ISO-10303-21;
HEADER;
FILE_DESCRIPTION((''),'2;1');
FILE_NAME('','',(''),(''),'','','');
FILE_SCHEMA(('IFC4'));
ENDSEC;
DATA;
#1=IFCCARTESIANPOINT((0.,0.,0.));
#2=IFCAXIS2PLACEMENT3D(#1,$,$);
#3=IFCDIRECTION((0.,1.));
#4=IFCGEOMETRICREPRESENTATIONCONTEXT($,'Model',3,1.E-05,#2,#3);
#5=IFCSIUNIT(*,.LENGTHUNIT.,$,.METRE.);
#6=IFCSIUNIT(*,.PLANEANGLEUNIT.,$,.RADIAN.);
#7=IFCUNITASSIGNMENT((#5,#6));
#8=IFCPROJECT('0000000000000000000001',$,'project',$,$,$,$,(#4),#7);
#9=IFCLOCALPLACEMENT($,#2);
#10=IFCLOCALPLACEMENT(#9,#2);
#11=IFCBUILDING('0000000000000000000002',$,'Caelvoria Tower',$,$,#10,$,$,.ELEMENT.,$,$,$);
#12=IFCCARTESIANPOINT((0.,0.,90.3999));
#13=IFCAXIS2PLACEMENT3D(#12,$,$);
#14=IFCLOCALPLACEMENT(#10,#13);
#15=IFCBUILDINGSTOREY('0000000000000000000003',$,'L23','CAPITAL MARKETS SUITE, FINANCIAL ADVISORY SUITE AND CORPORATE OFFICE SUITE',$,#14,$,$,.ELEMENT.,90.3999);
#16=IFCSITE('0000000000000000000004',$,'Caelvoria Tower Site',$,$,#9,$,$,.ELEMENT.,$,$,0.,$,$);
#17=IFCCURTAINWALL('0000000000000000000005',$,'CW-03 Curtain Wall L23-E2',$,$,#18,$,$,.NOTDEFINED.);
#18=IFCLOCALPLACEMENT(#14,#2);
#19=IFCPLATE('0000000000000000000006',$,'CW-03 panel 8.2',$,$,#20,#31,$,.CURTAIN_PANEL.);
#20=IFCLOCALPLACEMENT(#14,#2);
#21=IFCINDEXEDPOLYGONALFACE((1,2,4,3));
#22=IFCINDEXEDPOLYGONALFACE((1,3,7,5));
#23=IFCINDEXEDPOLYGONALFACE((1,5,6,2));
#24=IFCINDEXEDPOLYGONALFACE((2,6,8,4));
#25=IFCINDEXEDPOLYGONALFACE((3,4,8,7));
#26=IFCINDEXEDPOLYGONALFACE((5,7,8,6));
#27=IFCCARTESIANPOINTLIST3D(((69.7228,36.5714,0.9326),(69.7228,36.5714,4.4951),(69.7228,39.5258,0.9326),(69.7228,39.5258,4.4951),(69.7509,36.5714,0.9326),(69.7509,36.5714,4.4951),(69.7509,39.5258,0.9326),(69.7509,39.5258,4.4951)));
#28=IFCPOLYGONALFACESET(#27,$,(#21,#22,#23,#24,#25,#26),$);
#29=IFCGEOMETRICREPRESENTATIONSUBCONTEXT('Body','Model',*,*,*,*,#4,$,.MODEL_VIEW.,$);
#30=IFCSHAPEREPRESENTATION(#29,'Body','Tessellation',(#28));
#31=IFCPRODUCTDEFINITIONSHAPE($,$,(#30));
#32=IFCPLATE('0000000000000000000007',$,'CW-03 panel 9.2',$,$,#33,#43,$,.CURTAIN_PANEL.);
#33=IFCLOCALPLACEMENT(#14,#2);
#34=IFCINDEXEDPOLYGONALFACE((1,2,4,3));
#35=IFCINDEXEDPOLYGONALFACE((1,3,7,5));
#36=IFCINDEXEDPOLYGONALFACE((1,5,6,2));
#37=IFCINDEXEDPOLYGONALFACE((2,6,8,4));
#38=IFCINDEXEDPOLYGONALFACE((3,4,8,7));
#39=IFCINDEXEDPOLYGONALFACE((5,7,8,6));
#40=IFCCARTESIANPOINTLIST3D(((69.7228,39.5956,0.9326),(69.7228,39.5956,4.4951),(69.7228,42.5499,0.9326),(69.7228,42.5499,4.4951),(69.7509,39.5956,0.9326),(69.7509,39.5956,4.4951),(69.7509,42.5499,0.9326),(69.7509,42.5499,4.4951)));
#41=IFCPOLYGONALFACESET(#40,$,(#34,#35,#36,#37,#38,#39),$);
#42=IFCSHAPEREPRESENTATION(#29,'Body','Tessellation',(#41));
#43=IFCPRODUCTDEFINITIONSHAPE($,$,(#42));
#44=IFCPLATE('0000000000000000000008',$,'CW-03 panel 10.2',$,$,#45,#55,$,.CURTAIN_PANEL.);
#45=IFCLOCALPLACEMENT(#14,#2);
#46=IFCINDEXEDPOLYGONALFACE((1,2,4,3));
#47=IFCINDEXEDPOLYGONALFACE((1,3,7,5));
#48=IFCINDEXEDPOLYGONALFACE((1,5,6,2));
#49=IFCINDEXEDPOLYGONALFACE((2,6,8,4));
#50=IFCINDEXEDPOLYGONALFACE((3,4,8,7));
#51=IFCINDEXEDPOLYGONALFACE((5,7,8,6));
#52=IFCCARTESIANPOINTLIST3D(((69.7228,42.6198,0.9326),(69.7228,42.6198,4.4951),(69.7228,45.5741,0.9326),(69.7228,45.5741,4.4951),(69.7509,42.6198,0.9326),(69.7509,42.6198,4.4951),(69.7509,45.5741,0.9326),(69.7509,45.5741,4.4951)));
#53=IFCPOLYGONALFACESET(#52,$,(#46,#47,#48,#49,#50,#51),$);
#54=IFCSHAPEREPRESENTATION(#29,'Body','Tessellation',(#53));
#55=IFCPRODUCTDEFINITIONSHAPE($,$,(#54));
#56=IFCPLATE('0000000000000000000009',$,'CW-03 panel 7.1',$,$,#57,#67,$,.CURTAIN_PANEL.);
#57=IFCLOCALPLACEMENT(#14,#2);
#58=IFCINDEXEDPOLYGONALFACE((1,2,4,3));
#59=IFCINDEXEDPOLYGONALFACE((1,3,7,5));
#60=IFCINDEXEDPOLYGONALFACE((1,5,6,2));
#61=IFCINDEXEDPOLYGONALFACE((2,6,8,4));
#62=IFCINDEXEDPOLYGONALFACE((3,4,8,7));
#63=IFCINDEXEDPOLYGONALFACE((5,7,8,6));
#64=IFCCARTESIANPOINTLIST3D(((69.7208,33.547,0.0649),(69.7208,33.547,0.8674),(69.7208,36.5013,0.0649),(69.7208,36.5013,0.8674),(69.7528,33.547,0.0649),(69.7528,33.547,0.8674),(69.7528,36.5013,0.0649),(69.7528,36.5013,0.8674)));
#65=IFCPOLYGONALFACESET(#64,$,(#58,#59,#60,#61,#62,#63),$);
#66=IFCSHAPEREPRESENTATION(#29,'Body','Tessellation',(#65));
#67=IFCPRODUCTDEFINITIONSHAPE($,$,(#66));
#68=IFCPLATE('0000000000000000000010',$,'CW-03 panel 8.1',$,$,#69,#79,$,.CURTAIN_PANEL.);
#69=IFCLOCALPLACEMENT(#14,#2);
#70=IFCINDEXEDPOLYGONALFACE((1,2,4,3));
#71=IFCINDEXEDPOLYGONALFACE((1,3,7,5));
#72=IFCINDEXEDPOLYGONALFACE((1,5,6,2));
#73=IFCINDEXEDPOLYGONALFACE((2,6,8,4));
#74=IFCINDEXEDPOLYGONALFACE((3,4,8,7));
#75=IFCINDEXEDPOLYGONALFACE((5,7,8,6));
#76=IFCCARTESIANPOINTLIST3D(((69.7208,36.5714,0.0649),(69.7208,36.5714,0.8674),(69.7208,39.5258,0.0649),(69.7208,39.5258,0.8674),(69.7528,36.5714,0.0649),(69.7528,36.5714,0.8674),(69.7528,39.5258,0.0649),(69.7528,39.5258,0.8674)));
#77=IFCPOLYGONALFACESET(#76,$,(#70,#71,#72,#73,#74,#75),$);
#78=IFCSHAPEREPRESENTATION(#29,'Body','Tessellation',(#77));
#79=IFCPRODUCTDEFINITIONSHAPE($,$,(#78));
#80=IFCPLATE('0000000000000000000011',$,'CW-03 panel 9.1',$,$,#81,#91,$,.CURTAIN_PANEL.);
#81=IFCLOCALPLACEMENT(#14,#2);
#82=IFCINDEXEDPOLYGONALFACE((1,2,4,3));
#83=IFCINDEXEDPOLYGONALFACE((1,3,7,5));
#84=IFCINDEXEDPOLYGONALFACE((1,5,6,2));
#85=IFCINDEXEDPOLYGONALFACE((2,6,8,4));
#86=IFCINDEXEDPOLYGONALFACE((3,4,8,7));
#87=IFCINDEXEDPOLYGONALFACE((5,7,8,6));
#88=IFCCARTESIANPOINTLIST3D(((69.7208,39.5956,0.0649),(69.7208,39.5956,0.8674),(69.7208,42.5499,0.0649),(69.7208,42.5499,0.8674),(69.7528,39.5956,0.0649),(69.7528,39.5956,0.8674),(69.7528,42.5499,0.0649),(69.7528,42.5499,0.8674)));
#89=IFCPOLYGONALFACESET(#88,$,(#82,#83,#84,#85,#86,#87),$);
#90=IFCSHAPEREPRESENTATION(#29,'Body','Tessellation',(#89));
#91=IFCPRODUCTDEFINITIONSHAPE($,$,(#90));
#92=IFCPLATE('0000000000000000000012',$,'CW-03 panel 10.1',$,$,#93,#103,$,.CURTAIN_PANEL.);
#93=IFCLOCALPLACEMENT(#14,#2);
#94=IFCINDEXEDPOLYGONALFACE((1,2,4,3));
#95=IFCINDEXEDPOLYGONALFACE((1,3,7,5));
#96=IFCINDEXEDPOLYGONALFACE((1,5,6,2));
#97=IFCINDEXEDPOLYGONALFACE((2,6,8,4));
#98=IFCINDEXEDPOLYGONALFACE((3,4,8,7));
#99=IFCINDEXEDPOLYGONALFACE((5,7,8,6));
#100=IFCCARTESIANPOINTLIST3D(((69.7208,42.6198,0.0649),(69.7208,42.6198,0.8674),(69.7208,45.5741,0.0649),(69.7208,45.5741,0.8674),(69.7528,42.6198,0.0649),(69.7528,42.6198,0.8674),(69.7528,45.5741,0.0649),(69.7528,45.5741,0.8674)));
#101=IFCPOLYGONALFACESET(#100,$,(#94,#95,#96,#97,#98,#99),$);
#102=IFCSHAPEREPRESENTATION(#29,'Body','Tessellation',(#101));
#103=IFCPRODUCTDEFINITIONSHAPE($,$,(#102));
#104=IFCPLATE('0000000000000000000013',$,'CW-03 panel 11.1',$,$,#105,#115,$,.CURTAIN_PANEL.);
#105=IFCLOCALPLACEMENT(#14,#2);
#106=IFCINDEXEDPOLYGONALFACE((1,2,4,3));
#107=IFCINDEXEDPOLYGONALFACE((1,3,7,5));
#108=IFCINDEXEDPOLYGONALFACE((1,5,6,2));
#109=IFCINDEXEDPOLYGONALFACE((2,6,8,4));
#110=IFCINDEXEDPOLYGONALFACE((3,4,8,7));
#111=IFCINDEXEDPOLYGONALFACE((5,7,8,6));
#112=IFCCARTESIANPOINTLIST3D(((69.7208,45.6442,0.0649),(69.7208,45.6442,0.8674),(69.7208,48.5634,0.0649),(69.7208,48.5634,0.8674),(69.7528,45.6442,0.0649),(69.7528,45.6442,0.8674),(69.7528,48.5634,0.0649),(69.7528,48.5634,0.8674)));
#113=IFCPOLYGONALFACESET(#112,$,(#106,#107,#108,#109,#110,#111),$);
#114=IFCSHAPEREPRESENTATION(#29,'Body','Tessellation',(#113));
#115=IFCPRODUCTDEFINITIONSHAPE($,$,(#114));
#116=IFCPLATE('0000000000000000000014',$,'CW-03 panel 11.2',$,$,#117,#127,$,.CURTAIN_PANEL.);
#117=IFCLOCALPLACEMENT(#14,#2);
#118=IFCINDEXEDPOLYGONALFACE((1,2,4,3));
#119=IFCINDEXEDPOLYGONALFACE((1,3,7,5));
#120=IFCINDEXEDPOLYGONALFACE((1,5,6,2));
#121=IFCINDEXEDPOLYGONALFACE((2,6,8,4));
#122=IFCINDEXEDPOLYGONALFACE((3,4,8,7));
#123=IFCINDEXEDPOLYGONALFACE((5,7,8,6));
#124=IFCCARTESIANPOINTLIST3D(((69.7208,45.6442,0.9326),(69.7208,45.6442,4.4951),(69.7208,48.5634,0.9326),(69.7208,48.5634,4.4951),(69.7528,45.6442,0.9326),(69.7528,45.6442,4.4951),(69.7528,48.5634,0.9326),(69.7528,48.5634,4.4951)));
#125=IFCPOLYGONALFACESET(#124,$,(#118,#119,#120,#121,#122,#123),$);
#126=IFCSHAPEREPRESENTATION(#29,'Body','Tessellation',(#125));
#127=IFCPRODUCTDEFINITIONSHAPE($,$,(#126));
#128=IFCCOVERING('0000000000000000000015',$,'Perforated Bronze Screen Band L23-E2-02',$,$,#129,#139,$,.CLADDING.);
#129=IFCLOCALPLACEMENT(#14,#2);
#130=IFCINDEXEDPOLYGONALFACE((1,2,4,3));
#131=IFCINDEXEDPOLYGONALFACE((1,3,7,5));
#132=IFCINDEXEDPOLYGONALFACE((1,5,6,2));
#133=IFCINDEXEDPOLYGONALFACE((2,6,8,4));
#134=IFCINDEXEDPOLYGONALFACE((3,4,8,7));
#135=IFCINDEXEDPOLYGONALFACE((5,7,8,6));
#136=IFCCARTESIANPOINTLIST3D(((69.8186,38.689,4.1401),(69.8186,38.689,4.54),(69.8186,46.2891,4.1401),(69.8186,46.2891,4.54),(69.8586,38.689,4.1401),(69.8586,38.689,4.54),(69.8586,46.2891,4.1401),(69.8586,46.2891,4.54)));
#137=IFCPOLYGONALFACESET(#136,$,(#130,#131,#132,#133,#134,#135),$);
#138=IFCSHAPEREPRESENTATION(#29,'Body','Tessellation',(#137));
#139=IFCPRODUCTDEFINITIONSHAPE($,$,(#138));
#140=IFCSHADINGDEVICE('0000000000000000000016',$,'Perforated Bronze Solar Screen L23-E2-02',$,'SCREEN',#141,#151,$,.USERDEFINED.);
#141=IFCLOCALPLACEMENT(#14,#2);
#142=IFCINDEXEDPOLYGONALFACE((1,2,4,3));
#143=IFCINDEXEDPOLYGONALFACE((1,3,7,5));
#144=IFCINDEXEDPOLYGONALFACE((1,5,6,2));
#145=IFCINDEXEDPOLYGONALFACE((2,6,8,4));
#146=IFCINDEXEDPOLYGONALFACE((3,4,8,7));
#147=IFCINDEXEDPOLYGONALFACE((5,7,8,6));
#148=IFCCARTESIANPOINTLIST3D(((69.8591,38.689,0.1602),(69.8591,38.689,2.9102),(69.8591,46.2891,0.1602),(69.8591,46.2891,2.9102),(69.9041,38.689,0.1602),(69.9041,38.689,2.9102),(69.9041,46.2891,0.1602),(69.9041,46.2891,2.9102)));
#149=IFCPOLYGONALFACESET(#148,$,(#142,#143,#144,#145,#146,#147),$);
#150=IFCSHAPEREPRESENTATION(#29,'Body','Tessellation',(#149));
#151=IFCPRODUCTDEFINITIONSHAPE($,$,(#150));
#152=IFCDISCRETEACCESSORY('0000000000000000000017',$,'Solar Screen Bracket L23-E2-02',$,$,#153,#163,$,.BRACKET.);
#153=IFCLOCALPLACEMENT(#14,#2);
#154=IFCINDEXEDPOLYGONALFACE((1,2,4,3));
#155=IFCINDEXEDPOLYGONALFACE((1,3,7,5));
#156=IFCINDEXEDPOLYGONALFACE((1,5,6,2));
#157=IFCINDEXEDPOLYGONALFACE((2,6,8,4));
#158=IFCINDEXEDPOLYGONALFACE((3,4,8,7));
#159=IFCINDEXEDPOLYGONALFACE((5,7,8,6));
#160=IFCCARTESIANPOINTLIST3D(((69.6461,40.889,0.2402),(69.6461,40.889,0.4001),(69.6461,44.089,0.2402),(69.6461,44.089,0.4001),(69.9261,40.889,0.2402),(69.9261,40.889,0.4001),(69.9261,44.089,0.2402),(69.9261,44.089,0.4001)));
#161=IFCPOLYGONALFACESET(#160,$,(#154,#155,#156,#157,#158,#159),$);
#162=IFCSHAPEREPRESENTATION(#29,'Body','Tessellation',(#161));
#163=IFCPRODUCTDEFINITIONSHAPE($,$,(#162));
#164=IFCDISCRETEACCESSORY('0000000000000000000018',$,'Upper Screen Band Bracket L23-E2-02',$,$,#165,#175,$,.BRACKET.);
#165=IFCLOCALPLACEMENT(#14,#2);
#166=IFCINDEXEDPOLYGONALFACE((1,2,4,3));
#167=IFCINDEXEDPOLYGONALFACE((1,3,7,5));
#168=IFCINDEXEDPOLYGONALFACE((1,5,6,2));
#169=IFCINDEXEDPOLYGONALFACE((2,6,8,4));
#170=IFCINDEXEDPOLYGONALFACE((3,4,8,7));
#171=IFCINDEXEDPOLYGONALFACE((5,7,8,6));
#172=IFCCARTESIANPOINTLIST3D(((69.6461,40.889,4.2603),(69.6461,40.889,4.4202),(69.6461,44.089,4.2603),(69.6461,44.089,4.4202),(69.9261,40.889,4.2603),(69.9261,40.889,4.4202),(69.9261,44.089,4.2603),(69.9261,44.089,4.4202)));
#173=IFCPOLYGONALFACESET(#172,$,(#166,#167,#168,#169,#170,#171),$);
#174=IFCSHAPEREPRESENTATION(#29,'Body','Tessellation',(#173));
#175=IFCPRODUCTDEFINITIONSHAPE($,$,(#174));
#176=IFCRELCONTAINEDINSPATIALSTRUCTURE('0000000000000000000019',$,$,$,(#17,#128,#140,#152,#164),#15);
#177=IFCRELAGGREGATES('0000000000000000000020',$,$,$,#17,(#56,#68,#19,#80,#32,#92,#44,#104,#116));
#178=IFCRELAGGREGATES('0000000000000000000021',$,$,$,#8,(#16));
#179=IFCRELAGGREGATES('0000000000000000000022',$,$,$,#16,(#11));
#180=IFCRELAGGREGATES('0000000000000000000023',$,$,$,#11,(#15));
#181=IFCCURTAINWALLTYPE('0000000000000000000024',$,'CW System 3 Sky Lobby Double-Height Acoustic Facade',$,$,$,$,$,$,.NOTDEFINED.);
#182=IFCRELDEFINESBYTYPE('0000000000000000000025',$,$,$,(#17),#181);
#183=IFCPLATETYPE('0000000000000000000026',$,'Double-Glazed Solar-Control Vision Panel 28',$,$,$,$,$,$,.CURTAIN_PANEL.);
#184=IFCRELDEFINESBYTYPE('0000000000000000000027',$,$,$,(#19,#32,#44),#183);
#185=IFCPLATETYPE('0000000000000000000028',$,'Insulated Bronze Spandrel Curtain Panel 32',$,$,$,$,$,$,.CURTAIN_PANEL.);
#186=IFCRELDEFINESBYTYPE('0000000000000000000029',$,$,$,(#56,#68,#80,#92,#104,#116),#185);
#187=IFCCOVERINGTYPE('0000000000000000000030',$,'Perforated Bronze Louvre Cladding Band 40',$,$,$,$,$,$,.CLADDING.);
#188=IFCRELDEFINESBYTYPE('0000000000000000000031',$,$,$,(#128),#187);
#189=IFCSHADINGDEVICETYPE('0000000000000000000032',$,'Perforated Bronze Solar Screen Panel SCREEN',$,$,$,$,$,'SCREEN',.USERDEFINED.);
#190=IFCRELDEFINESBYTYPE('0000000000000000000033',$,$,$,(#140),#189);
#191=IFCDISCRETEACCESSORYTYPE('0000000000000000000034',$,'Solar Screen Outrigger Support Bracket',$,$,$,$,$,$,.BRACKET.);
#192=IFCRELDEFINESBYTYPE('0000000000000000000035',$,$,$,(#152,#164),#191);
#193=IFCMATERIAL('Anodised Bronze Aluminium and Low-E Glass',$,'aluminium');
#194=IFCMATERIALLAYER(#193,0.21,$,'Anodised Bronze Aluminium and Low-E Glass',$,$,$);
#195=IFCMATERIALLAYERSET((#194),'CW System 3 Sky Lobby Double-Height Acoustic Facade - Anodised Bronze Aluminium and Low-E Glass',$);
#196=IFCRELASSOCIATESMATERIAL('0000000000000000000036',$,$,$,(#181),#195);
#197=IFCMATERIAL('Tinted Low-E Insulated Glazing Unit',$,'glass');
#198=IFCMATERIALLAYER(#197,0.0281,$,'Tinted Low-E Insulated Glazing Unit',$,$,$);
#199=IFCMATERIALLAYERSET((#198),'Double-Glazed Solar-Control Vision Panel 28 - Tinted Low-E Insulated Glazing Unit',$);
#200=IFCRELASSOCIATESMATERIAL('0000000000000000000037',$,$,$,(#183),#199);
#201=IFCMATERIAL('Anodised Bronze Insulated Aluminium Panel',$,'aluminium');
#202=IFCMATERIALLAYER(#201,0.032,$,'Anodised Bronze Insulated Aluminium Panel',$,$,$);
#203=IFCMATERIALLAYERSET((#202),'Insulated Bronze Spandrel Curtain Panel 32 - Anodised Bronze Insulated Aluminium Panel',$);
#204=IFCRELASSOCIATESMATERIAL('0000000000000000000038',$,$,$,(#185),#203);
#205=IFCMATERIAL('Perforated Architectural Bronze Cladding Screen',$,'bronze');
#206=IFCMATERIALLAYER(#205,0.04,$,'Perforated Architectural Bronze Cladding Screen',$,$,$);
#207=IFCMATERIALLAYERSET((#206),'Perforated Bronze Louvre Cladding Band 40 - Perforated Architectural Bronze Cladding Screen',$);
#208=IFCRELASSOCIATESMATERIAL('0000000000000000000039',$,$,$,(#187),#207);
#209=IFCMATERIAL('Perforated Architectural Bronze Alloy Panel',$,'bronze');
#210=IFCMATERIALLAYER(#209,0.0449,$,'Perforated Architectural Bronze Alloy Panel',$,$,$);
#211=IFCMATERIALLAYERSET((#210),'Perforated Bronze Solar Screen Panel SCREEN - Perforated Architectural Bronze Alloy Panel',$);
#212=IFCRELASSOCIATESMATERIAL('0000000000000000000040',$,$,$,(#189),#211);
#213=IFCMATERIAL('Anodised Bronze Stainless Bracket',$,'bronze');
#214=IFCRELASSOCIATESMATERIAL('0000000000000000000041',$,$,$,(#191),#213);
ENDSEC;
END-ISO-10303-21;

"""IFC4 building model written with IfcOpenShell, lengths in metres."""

from ifc_helpers import new_model, si_unit, direction, frame, origin, origin_2d, place, context, subcontext, project, spatial, rectangle, extrude, material, layer, layer_set, type_object, element, aggregate, save


model = new_model("IFC4")

# Units and contexts
model_context = context("Model", 3, precision=1e-05, world=origin(), true_north=direction((0.0, 1.0)))
body_context = subcontext(model_context, "Body", "Model", "MODEL_VIEW")
ifc_project = project(units=[si_unit("LENGTHUNIT", "METRE"), si_unit("PLANEANGLEUNIT", "RADIAN")], contexts=[model_context])

# Site, building, storey
site_placement = place(None, origin())
site = spatial("IfcSite", under=ifc_project, at=site_placement, Name="Caelvoria Tower Site", CompositionType="ELEMENT", RefElevation=0.0)
building_placement = place(site_placement, origin())
building = spatial("IfcBuilding", under=site, at=building_placement, Name="Caelvoria Tower", CompositionType="ELEMENT")
storey_placement = place(building_placement, frame((0.0, 0.0, 90.3999)))
storey = spatial("IfcBuildingStorey", under=building, at=storey_placement, Name="L23", Description="CAPITAL MARKETS SUITE, FINANCIAL ADVISORY SUITE AND CORPORATE OFFICE SUITE", CompositionType="ELEMENT", Elevation=90.3999)

# Curtain wall
ifc_material_1 = material(Name="Anodised Bronze Aluminium and Low-E Glass", Category="aluminium")
ifc_layer_1 = layer(ifc_material_1, 0.21, Name="Anodised Bronze Aluminium and Low-E Glass")
ifc_layer_set_1 = layer_set([ifc_layer_1], Name="CW System 3 Sky Lobby Double-Height Acoustic Facade - Anodised Bronze Aluminium and Low-E Glass")
curtain_wall_type = type_object("IfcCurtainWallType", Name="CW System 3 Sky Lobby Double-Height Acoustic Facade", PredefinedType="NOTDEFINED", material=ifc_layer_set_1)
curtain_wall_1_placement = place(storey_placement, origin())
curtain_wall_1 = element("IfcCurtainWall", 1, at=curtain_wall_1_placement, inside=storey, type_object=curtain_wall_type, Name="CW-03 Curtain Wall L23-E2", PredefinedType="NOTDEFINED")

# Plates
ifc_material_2 = material(Name="Tinted Low-E Insulated Glazing Unit", Category="glass")
ifc_layer_2 = layer(ifc_material_2, 0.0281, Name="Tinted Low-E Insulated Glazing Unit")
ifc_layer_set_2 = layer_set([ifc_layer_2], Name="Double-Glazed Solar-Control Vision Panel 28 - Tinted Low-E Insulated Glazing Unit")
plate_type_1 = type_object("IfcPlateType", Name="Double-Glazed Solar-Control Vision Panel 28", PredefinedType="CURTAIN_PANEL", material=ifc_layer_set_2)
plate_1_placement = place(storey_placement, frame((69.7368, 38.0486, 0.9326), z_axis=(0.0, 0.0, 1.0), x_axis=(0.0, 1.0, 0.0)))
plate_1 = element("IfcPlate", 2, at=plate_1_placement, type_object=plate_type_1, Name="CW-03 panel 8.2", PredefinedType="CURTAIN_PANEL", context=body_context, shape_type="SweptSolid", body=[
    extrude(rectangle(XDim=2.9543, YDim=0.0281, at=origin_2d()), origin(), (0.0, 0.0, 1.0), 3.5625),
])
plate_2_placement = place(storey_placement, frame((69.7368, 41.0728, 0.9326), z_axis=(0.0, 0.0, 1.0), x_axis=(0.0, 1.0, 0.0)))
plate_2 = element("IfcPlate", 3, at=plate_2_placement, type_object=plate_type_1, Name="CW-03 panel 9.2", PredefinedType="CURTAIN_PANEL", context=body_context, shape_type="SweptSolid", body=[
    extrude(rectangle(XDim=2.9543, YDim=0.0281, at=origin_2d()), origin(), (0.0, 0.0, 1.0), 3.5625),
])
plate_3_placement = place(storey_placement, frame((69.7368, 44.0969, 0.9326), z_axis=(0.0, 0.0, 1.0), x_axis=(0.0, 1.0, 0.0)))
plate_3 = element("IfcPlate", 4, at=plate_3_placement, type_object=plate_type_1, Name="CW-03 panel 10.2", PredefinedType="CURTAIN_PANEL", context=body_context, shape_type="SweptSolid", body=[
    extrude(rectangle(XDim=2.9543, YDim=0.0281, at=origin_2d()), origin(), (0.0, 0.0, 1.0), 3.5625),
])
ifc_material_3 = material(Name="Anodised Bronze Insulated Aluminium Panel", Category="aluminium")
ifc_layer_3 = layer(ifc_material_3, 0.032, Name="Anodised Bronze Insulated Aluminium Panel")
ifc_layer_set_3 = layer_set([ifc_layer_3], Name="Insulated Bronze Spandrel Curtain Panel 32 - Anodised Bronze Insulated Aluminium Panel")
plate_type_2 = type_object("IfcPlateType", Name="Insulated Bronze Spandrel Curtain Panel 32", PredefinedType="CURTAIN_PANEL", material=ifc_layer_set_3)
plate_4_placement = place(storey_placement, frame((69.7368, 35.0242, 0.0649), z_axis=(0.0, 0.0, 1.0), x_axis=(0.0, 1.0, 0.0)))
plate_4 = element("IfcPlate", 5, at=plate_4_placement, type_object=plate_type_2, Name="CW-03 panel 7.1", PredefinedType="CURTAIN_PANEL", context=body_context, shape_type="SweptSolid", body=[
    extrude(rectangle(XDim=2.9543, YDim=0.032, at=origin_2d()), origin(), (0.0, 0.0, 1.0), 0.8025),
])
plate_5_placement = place(storey_placement, frame((69.7368, 38.0486, 0.0649), z_axis=(0.0, 0.0, 1.0), x_axis=(0.0, 1.0, 0.0)))
plate_5 = element("IfcPlate", 6, at=plate_5_placement, type_object=plate_type_2, Name="CW-03 panel 8.1", PredefinedType="CURTAIN_PANEL", context=body_context, shape_type="SweptSolid", body=[
    extrude(rectangle(XDim=2.9543, YDim=0.032, at=origin_2d()), origin(), (0.0, 0.0, 1.0), 0.8025),
])
plate_6_placement = place(storey_placement, frame((69.7368, 41.0728, 0.0649), z_axis=(0.0, 0.0, 1.0), x_axis=(0.0, 1.0, 0.0)))
plate_6 = element("IfcPlate", 7, at=plate_6_placement, type_object=plate_type_2, Name="CW-03 panel 9.1", PredefinedType="CURTAIN_PANEL", context=body_context, shape_type="SweptSolid", body=[
    extrude(rectangle(XDim=2.9543, YDim=0.032, at=origin_2d()), origin(), (0.0, 0.0, 1.0), 0.8025),
])
plate_7_placement = place(storey_placement, frame((69.7368, 44.0969, 0.0649), z_axis=(0.0, 0.0, 1.0), x_axis=(0.0, 1.0, 0.0)))
plate_7 = element("IfcPlate", 8, at=plate_7_placement, type_object=plate_type_2, Name="CW-03 panel 10.1", PredefinedType="CURTAIN_PANEL", context=body_context, shape_type="SweptSolid", body=[
    extrude(rectangle(XDim=2.9543, YDim=0.032, at=origin_2d()), origin(), (0.0, 0.0, 1.0), 0.8025),
])
plate_8_placement = place(storey_placement, frame((69.7368, 47.1038, 0.0649), z_axis=(0.0, 0.0, 1.0), x_axis=(0.0, 1.0, 0.0)))
plate_8 = element("IfcPlate", 9, at=plate_8_placement, type_object=plate_type_2, Name="CW-03 panel 11.1", PredefinedType="CURTAIN_PANEL", context=body_context, shape_type="SweptSolid", body=[
    extrude(rectangle(XDim=2.9192, YDim=0.032, at=origin_2d()), origin(), (0.0, 0.0, 1.0), 0.8025),
])
plate_9_placement = place(storey_placement, frame((69.7368, 47.1038, 0.9326), z_axis=(0.0, 0.0, 1.0), x_axis=(0.0, 1.0, 0.0)))
plate_9 = element("IfcPlate", 10, at=plate_9_placement, type_object=plate_type_2, Name="CW-03 panel 11.2", PredefinedType="CURTAIN_PANEL", context=body_context, shape_type="SweptSolid", body=[
    extrude(rectangle(XDim=2.9192, YDim=0.032, at=origin_2d()), origin(), (0.0, 0.0, 1.0), 3.5625),
])
aggregate(curtain_wall_1, [plate_4, plate_5, plate_1, plate_6, plate_2, plate_7, plate_3, plate_8, plate_9])

# Covering
ifc_material_4 = material(Name="Perforated Architectural Bronze Cladding Screen", Category="bronze")
ifc_layer_4 = layer(ifc_material_4, 0.04, Name="Perforated Architectural Bronze Cladding Screen")
ifc_layer_set_4 = layer_set([ifc_layer_4], Name="Perforated Bronze Louvre Cladding Band 40 - Perforated Architectural Bronze Cladding Screen")
covering_type = type_object("IfcCoveringType", Name="Perforated Bronze Louvre Cladding Band 40", PredefinedType="CLADDING", material=ifc_layer_set_4)
covering_placement = place(storey_placement, frame((69.8386, 42.489, 4.1401), z_axis=(0.0, 0.0, 1.0), x_axis=(0.0, 1.0, 0.0)))
element("IfcCovering", 11, at=covering_placement, inside=storey, type_object=covering_type, Name="Perforated Bronze Screen Band L23-E2-02", PredefinedType="CLADDING", context=body_context, shape_type="SweptSolid", body=[
    extrude(rectangle(XDim=7.6001, YDim=0.04, at=origin_2d()), origin(), (0.0, 0.0, 1.0), 0.3999),
])

# Shading device
ifc_material_5 = material(Name="Perforated Architectural Bronze Alloy Panel", Category="bronze")
ifc_layer_5 = layer(ifc_material_5, 0.0449, Name="Perforated Architectural Bronze Alloy Panel")
ifc_layer_set_5 = layer_set([ifc_layer_5], Name="Perforated Bronze Solar Screen Panel SCREEN - Perforated Architectural Bronze Alloy Panel")
shading_device_type = type_object("IfcShadingDeviceType", Name="Perforated Bronze Solar Screen Panel SCREEN", ElementType="SCREEN", PredefinedType="USERDEFINED", material=ifc_layer_set_5)
shading_device_placement = place(storey_placement, frame((69.8816, 42.489, 0.1602), z_axis=(0.0, 0.0, 1.0), x_axis=(0.0, 1.0, 0.0)))
element("IfcShadingDevice", 12, at=shading_device_placement, inside=storey, type_object=shading_device_type, Name="Perforated Bronze Solar Screen L23-E2-02", ObjectType="SCREEN", PredefinedType="USERDEFINED", context=body_context, shape_type="SweptSolid", body=[
    extrude(rectangle(XDim=7.6001, YDim=0.0449, at=origin_2d()), origin(), (0.0, 0.0, 1.0), 2.75),
])

# Discrete accessories
ifc_material_6 = material(Name="Anodised Bronze Stainless Bracket", Category="bronze")
discrete_accessory_type = type_object("IfcDiscreteAccessoryType", Name="Solar Screen Outrigger Support Bracket", PredefinedType="BRACKET", material=ifc_material_6)
for number, where, z_axis, x_axis, name in (
    (13, (69.7861, 42.489, 0.2402), (0.0, 0.0, 1.0), (0.0, 1.0, 0.0), "Solar Screen Bracket L23-E2-02"),
    (14, (69.7861, 42.489, 4.2603), (0.0, 0.0, 1.0), (0.0, 1.0, 0.0), "Upper Screen Band Bracket L23-E2-02"),
):
    element("IfcDiscreteAccessory", number, at=place(storey_placement, frame(where, z_axis=z_axis, x_axis=x_axis)), inside=storey, type_object=discrete_accessory_type, Name=name, PredefinedType="BRACKET", context=body_context, shape_type="SweptSolid", body=[
        extrude(rectangle(XDim=3.2, YDim=0.28, at=origin_2d()), origin(), (0.0, 0.0, 1.0), 0.1599),
    ])

save(model, "model.ifc")
